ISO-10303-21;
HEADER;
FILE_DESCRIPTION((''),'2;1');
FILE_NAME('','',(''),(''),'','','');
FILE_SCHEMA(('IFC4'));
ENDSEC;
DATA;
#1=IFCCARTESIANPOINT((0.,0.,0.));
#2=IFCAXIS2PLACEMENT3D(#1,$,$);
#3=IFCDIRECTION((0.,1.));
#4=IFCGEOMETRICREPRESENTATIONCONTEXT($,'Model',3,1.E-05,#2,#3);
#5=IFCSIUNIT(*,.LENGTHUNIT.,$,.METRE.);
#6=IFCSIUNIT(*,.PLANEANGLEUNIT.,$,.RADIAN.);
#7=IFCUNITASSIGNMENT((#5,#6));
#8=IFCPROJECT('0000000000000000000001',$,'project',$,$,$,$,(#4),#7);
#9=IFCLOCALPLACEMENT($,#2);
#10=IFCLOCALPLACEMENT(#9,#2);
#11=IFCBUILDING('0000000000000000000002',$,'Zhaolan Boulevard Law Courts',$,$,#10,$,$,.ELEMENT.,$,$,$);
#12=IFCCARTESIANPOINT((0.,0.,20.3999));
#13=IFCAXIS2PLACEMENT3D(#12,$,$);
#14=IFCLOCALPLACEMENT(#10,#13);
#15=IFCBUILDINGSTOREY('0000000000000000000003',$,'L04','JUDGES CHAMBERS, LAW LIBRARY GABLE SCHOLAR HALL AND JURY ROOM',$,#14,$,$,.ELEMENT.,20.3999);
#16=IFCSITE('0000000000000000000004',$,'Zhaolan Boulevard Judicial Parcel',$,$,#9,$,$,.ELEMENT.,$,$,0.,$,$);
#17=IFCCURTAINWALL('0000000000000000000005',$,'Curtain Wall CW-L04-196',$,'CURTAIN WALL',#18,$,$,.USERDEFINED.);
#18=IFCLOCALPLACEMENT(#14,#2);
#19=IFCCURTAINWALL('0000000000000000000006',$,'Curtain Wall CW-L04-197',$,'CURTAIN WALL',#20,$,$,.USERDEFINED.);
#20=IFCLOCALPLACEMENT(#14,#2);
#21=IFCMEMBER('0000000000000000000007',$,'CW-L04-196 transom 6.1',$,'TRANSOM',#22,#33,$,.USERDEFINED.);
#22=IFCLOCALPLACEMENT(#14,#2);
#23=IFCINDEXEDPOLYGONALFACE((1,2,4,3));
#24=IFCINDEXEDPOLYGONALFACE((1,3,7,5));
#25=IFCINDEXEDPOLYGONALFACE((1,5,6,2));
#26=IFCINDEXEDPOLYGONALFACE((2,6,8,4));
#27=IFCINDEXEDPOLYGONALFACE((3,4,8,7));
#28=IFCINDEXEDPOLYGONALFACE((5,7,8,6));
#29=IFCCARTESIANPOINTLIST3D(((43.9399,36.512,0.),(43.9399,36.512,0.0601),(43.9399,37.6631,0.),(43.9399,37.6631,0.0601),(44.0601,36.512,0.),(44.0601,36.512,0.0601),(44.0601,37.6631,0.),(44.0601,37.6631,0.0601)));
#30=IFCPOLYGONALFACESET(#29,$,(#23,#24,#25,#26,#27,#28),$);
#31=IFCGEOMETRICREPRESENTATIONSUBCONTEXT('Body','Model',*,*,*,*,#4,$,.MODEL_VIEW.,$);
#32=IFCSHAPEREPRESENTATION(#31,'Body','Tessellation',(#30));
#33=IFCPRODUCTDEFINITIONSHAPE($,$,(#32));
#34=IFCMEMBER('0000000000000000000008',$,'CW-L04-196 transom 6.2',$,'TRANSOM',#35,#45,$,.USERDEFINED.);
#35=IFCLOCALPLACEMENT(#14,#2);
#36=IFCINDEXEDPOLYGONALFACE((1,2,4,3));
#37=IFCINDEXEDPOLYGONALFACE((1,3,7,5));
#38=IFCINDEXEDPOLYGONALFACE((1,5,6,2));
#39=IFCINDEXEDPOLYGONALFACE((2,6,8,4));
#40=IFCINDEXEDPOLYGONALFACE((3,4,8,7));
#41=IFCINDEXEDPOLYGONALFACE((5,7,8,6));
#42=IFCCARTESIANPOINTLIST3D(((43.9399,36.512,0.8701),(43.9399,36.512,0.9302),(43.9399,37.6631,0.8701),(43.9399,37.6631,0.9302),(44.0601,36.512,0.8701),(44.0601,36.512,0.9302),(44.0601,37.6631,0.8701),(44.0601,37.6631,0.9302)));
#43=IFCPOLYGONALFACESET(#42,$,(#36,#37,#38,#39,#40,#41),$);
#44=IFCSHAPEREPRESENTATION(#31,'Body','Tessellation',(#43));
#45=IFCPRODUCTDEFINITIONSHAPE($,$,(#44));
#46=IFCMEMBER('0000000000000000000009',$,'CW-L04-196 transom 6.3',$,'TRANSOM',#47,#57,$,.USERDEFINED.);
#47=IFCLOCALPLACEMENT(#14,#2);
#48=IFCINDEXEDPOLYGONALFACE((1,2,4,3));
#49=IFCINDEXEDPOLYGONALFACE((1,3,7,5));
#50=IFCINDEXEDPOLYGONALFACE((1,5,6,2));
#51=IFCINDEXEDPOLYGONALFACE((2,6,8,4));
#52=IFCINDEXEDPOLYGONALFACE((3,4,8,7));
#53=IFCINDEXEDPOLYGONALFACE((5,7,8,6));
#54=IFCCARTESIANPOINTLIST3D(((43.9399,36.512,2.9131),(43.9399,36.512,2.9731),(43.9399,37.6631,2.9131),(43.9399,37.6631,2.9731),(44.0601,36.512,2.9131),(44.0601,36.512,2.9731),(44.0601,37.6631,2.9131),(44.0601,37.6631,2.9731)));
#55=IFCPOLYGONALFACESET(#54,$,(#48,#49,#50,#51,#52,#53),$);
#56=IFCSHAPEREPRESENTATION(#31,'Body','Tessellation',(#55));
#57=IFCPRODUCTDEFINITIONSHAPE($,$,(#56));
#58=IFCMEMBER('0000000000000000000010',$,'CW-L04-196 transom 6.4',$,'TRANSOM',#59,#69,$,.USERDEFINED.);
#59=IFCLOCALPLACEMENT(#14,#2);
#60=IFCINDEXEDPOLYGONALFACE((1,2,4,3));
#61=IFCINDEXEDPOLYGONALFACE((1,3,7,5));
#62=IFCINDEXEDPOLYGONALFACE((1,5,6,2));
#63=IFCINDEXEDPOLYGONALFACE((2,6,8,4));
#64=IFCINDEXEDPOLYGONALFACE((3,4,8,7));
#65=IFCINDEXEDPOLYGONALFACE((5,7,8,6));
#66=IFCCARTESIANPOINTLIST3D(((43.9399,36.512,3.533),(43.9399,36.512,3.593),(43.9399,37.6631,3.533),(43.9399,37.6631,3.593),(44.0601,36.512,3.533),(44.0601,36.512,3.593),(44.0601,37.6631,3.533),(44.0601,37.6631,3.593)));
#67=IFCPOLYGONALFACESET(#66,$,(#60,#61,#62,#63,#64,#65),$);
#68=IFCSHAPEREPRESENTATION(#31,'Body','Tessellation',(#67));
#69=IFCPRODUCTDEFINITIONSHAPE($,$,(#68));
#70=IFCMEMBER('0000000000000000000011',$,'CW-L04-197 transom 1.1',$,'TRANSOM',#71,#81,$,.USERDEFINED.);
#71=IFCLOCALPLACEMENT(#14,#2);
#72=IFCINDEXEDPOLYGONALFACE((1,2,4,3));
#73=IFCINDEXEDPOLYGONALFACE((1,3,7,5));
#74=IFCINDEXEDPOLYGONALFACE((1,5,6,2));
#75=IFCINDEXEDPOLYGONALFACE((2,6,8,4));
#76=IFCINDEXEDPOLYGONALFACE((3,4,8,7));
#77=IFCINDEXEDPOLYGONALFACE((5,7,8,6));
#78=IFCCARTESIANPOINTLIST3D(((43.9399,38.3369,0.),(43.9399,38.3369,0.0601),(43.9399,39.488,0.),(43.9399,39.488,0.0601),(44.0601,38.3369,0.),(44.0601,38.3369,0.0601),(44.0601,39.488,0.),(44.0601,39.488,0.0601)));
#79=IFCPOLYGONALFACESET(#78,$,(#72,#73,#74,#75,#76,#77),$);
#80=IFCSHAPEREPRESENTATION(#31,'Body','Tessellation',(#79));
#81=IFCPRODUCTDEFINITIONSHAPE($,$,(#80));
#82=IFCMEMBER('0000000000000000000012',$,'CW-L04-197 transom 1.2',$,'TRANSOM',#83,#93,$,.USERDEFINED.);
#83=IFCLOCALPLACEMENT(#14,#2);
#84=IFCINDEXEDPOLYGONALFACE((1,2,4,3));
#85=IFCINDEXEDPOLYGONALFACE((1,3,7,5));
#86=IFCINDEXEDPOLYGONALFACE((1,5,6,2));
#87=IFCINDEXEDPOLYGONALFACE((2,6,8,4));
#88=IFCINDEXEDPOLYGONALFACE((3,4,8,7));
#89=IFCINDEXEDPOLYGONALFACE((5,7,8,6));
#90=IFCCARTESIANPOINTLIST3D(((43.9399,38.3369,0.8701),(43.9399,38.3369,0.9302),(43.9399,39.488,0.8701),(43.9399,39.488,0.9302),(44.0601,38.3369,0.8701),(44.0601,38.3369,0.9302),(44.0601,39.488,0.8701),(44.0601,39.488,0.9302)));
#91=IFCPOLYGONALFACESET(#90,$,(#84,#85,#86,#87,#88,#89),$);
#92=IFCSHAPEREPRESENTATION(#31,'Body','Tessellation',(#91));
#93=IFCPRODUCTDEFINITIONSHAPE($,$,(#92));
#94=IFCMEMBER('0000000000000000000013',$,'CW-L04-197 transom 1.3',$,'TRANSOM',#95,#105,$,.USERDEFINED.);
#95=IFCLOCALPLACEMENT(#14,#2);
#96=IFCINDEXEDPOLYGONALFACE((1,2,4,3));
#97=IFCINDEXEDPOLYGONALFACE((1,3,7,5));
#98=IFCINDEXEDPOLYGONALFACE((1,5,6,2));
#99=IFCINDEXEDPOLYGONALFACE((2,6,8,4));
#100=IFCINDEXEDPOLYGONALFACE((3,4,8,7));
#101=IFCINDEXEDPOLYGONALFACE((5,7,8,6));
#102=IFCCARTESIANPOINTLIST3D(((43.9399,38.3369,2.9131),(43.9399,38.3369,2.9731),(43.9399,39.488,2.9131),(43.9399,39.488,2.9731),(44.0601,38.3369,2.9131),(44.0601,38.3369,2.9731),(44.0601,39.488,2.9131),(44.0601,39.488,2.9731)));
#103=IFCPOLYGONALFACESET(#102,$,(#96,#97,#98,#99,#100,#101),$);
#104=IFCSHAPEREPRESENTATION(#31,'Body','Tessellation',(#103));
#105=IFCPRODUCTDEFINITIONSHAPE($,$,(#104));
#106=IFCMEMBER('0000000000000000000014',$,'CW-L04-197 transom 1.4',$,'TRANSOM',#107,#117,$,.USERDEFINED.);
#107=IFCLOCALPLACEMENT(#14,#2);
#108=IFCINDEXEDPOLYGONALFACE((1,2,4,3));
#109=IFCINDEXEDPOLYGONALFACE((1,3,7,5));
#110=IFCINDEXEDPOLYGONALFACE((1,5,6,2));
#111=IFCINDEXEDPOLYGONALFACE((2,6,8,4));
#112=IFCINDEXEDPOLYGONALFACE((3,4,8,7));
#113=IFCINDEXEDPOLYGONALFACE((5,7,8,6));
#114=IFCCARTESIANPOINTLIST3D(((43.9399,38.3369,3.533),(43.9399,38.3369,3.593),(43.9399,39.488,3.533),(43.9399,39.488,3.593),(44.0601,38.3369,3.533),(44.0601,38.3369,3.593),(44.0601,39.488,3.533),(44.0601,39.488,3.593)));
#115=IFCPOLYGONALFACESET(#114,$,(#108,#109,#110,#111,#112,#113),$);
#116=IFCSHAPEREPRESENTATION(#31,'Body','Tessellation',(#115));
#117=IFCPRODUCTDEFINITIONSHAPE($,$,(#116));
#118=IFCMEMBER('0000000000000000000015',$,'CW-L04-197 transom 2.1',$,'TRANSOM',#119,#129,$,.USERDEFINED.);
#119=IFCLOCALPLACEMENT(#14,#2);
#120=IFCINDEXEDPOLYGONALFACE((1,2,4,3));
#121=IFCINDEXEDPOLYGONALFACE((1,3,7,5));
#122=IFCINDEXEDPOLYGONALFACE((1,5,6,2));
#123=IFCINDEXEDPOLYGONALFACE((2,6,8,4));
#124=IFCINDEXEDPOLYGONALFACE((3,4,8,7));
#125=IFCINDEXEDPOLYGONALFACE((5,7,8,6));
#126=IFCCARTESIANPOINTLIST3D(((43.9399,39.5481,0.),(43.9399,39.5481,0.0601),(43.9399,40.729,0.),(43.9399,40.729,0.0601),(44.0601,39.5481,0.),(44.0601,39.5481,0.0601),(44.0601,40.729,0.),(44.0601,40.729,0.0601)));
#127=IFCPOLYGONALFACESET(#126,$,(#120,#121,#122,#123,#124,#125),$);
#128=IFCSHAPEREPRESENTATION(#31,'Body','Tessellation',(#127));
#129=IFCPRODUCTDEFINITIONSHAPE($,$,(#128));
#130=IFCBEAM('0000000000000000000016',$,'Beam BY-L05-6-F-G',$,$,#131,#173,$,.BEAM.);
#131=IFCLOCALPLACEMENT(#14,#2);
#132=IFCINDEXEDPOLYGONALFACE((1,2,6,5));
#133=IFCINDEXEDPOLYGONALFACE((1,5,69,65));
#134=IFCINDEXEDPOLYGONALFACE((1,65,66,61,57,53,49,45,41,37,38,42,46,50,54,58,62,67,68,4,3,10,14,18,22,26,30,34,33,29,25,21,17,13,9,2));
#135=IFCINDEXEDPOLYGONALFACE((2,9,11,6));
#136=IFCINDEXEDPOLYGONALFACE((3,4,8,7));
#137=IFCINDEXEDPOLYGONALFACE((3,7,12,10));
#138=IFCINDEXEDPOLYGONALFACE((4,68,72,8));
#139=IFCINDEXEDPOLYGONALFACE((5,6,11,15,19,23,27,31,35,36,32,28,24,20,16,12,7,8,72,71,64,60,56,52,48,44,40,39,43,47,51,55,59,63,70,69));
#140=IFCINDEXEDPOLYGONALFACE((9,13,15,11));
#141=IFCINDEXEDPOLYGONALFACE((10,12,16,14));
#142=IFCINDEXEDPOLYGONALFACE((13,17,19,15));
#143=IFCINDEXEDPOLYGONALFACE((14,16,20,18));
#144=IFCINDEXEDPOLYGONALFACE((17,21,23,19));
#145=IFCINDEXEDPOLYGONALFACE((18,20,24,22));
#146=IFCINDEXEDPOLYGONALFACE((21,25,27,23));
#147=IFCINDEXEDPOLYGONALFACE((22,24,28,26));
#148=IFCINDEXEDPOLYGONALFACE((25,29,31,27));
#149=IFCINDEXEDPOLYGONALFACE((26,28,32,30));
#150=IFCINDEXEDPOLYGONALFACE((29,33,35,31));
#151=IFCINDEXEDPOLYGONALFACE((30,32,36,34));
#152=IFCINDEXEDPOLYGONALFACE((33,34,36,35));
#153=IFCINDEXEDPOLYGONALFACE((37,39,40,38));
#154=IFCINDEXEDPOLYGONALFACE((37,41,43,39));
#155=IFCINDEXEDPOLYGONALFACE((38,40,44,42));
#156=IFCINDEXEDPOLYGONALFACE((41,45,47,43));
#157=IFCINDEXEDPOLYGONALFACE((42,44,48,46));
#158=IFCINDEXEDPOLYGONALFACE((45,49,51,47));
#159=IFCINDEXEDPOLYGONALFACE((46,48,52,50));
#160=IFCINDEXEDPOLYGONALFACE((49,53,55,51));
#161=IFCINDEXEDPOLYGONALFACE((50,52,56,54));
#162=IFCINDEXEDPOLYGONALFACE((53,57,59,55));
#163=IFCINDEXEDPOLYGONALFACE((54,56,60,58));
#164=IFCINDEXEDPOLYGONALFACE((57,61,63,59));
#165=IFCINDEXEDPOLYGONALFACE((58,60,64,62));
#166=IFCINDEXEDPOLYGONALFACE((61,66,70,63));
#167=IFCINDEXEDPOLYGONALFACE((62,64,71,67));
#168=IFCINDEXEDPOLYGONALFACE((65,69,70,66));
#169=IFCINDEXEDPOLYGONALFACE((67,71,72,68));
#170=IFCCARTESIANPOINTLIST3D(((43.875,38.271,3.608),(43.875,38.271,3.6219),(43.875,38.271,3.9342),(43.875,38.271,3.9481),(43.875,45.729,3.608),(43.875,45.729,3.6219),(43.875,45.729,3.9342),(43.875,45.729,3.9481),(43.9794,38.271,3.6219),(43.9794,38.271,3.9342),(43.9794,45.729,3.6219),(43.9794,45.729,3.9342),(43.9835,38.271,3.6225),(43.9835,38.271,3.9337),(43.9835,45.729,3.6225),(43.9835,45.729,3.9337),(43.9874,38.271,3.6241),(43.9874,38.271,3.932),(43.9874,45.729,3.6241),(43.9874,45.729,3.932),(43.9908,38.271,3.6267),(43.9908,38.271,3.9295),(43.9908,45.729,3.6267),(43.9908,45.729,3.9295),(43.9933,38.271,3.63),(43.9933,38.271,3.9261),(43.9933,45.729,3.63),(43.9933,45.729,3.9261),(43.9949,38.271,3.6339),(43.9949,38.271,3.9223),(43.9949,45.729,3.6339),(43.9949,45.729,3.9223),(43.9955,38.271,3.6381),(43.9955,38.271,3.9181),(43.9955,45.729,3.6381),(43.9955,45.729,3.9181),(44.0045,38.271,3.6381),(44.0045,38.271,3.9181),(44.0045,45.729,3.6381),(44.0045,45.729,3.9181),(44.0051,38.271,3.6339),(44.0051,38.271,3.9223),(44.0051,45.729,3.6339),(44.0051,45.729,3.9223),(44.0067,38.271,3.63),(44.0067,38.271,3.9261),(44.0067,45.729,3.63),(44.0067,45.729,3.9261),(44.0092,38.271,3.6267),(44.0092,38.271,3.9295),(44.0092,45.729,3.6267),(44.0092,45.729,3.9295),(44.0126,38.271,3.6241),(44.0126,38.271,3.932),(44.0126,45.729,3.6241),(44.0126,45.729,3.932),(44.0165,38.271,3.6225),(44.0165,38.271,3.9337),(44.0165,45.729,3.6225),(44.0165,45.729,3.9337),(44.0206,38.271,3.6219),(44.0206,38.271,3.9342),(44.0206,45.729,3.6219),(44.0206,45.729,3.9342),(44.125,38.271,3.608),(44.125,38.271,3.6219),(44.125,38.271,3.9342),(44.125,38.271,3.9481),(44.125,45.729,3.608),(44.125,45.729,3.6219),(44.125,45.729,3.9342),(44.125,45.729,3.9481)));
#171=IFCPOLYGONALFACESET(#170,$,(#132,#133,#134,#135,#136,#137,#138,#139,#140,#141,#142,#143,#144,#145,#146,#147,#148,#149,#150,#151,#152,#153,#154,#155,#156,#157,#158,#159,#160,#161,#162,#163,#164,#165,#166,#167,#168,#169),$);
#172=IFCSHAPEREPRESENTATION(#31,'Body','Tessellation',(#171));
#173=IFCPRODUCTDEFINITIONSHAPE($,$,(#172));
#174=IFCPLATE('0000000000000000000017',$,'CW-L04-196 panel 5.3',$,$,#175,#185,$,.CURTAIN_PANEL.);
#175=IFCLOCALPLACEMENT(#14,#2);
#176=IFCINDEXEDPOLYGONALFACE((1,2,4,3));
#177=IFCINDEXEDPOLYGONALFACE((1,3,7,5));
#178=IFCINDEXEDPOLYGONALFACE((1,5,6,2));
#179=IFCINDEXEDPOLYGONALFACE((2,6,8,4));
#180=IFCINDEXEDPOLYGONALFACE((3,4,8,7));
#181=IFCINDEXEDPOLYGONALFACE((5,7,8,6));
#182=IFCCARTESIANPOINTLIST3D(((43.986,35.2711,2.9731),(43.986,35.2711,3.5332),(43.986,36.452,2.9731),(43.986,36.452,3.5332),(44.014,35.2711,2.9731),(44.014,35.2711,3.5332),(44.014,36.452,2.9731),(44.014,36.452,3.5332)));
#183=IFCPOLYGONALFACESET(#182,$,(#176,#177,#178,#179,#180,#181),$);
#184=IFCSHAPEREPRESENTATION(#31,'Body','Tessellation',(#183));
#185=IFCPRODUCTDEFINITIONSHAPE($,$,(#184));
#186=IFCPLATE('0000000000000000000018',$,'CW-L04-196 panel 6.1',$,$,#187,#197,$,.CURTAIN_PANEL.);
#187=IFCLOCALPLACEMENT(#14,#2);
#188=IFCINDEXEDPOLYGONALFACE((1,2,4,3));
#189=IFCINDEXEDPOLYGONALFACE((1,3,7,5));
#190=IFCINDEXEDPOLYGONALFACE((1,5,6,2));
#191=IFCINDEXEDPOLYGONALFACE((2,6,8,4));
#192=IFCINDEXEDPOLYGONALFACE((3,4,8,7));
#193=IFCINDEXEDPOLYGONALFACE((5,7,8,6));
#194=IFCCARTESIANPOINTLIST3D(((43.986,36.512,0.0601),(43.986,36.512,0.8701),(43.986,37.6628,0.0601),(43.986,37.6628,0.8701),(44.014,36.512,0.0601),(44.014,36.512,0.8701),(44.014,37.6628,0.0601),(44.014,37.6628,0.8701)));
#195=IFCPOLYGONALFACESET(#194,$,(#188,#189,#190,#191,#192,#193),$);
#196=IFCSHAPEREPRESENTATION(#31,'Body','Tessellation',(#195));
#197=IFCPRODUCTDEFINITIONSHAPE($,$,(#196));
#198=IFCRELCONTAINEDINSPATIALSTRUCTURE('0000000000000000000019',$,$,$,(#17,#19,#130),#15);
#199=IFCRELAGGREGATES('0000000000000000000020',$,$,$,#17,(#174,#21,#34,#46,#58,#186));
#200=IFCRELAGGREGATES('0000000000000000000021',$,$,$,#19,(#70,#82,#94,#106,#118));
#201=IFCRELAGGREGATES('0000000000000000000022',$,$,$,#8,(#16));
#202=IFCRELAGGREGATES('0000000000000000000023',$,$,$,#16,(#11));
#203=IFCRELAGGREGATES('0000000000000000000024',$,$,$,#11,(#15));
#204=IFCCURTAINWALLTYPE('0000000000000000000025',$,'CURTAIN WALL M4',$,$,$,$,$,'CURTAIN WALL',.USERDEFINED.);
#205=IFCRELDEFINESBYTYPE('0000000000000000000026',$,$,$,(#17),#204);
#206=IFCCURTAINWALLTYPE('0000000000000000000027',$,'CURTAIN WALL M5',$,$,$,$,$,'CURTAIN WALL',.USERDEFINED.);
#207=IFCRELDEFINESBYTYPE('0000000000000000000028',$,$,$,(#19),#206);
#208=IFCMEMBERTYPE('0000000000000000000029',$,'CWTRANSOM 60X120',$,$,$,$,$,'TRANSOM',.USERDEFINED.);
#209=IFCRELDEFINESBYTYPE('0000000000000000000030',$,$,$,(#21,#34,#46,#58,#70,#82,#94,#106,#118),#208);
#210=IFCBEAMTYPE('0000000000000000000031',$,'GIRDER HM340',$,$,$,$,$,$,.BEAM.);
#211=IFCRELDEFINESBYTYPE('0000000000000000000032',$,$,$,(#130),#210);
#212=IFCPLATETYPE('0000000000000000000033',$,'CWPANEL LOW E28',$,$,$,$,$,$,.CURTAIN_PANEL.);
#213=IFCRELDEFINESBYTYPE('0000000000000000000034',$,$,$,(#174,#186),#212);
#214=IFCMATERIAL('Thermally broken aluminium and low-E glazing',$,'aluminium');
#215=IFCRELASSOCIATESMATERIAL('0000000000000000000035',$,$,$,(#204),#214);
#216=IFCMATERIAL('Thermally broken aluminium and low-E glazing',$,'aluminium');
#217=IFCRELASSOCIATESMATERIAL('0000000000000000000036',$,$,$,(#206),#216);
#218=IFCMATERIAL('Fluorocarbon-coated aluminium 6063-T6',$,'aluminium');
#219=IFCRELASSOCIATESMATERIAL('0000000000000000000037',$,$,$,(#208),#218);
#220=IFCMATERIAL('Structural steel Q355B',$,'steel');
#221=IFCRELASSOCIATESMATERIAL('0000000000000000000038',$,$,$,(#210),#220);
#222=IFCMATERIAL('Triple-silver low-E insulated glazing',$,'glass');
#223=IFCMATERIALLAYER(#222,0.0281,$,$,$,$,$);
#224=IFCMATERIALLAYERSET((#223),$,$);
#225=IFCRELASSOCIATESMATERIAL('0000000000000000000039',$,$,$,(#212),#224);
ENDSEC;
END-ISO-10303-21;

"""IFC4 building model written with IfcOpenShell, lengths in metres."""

from ifc_helpers import new_model, si_unit, direction, frame, origin, origin_2d, place, context, subcontext, project, spatial, rectangle, i_section, extrude, material, layer, layer_set, material_profile, profile_set, type_object, element, aggregate, save


model = new_model("IFC4")

# Units and contexts
model_context = context("Model", 3, precision=1e-05, world=origin(), true_north=direction((0.0, 1.0)))
body_context = subcontext(model_context, "Body", "Model", "MODEL_VIEW")
ifc_project = project(units=[si_unit("LENGTHUNIT", "METRE"), si_unit("PLANEANGLEUNIT", "RADIAN")], contexts=[model_context])

# Site, building, storey
site_placement = place(None, origin())
site = spatial("IfcSite", under=ifc_project, at=site_placement, Name="Zhaolan Boulevard Judicial Parcel", CompositionType="ELEMENT", RefElevation=0.0)
building_placement = place(site_placement, origin())
building = spatial("IfcBuilding", under=site, at=building_placement, Name="Zhaolan Boulevard Law Courts", CompositionType="ELEMENT")
storey_placement = place(building_placement, frame((0.0, 0.0, 20.3999)))
storey = spatial("IfcBuildingStorey", under=building, at=storey_placement, Name="L04", Description="JUDGES CHAMBERS, LAW LIBRARY GABLE SCHOLAR HALL AND JURY ROOM", CompositionType="ELEMENT", Elevation=20.3999)

# Curtain walls
ifc_material_1 = material(Name="Thermally broken aluminium and low-E glazing", Category="aluminium")
curtain_wall_type_1 = type_object("IfcCurtainWallType", Name="CURTAIN WALL M4", ElementType="CURTAIN WALL", PredefinedType="USERDEFINED", material=ifc_material_1)
curtain_wall_1_placement = place(storey_placement, origin())
curtain_wall_1 = element("IfcCurtainWall", 1, at=curtain_wall_1_placement, inside=storey, type_object=curtain_wall_type_1, Name="Curtain Wall CW-L04-196", ObjectType="CURTAIN WALL", PredefinedType="USERDEFINED")
ifc_material_2 = material(Name="Thermally broken aluminium and low-E glazing", Category="aluminium")
curtain_wall_type_2 = type_object("IfcCurtainWallType", Name="CURTAIN WALL M5", ElementType="CURTAIN WALL", PredefinedType="USERDEFINED", material=ifc_material_2)
curtain_wall_2_placement = place(storey_placement, origin())
curtain_wall_2 = element("IfcCurtainWall", 2, at=curtain_wall_2_placement, inside=storey, type_object=curtain_wall_type_2, Name="Curtain Wall CW-L04-197", ObjectType="CURTAIN WALL", PredefinedType="USERDEFINED")

# Members
ifc_material_3 = material(Name="Fluorocarbon-coated aluminium 6063-T6", Category="aluminium")
ifc_material_profile_1 = material_profile(ifc_material_3, rectangle(XDim=0.1201, YDim=0.0601, at=origin_2d()), Name="AL60x120")
ifc_profile_set_1 = profile_set([ifc_material_profile_1], Name="Fluorocarbon-coated aluminium 6063-T6")
member_type_1 = type_object("IfcMemberType", Name="CWTRANSOM 60X120", ElementType="TRANSOM", PredefinedType="USERDEFINED", material=ifc_profile_set_1)
member_1_placement = place(storey_placement, frame((44.0, 36.512, 0.03), z_axis=(0.0, 1.0, 0.0), x_axis=(-1.0, 0.0, 0.0)))
member_1 = element("IfcMember", 3, at=member_1_placement, type_object=member_type_1, Name="CW-L04-196 transom 6.1", ObjectType="TRANSOM", PredefinedType="USERDEFINED", context=body_context, shape_type="SweptSolid", body=[
    extrude(rectangle(XDim=0.1201, YDim=0.0601, at=origin_2d()), origin(), (0.0, 0.0, 1.0), 1.1511),
])
member_2_placement = place(storey_placement, frame((44.0, 36.512, 0.9001), z_axis=(0.0, 1.0, 0.0), x_axis=(-1.0, 0.0, 0.0)))
member_2 = element("IfcMember", 4, at=member_2_placement, type_object=member_type_1, Name="CW-L04-196 transom 6.2", ObjectType="TRANSOM", PredefinedType="USERDEFINED", context=body_context, shape_type="SweptSolid", body=[
    extrude(rectangle(XDim=0.1201, YDim=0.0601, at=origin_2d()), origin(), (0.0, 0.0, 1.0), 1.1511),
])
member_3_placement = place(storey_placement, frame((44.0, 36.512, 2.9431), z_axis=(0.0, 1.0, 0.0), x_axis=(-1.0, 0.0, 0.0)))
member_3 = element("IfcMember", 5, at=member_3_placement, type_object=member_type_1, Name="CW-L04-196 transom 6.3", ObjectType="TRANSOM", PredefinedType="USERDEFINED", context=body_context, shape_type="SweptSolid", body=[
    extrude(rectangle(XDim=0.1201, YDim=0.0601, at=origin_2d()), origin(), (0.0, 0.0, 1.0), 1.1511),
])
member_4_placement = place(storey_placement, frame((44.0, 36.512, 3.563), z_axis=(0.0, 1.0, 0.0), x_axis=(-1.0, 0.0, 0.0)))
member_4 = element("IfcMember", 6, at=member_4_placement, type_object=member_type_1, Name="CW-L04-196 transom 6.4", ObjectType="TRANSOM", PredefinedType="USERDEFINED", context=body_context, shape_type="SweptSolid", body=[
    extrude(rectangle(XDim=0.1201, YDim=0.0601, at=origin_2d()), origin(), (0.0, 0.0, 1.0), 1.1511),
])
member_5_placement = place(storey_placement, frame((44.0, 38.3369, 0.03), z_axis=(0.0, 1.0, 0.0), x_axis=(-1.0, 0.0, 0.0)))
member_5 = element("IfcMember", 7, at=member_5_placement, type_object=member_type_1, Name="CW-L04-197 transom 1.1", ObjectType="TRANSOM", PredefinedType="USERDEFINED", context=body_context, shape_type="SweptSolid", body=[
    extrude(rectangle(XDim=0.1201, YDim=0.0601, at=origin_2d()), origin(), (0.0, 0.0, 1.0), 1.1511),
])
member_6_placement = place(storey_placement, frame((44.0, 38.3369, 0.9001), z_axis=(0.0, 1.0, 0.0), x_axis=(-1.0, 0.0, 0.0)))
member_6 = element("IfcMember", 8, at=member_6_placement, type_object=member_type_1, Name="CW-L04-197 transom 1.2", ObjectType="TRANSOM", PredefinedType="USERDEFINED", context=body_context, shape_type="SweptSolid", body=[
    extrude(rectangle(XDim=0.1201, YDim=0.0601, at=origin_2d()), origin(), (0.0, 0.0, 1.0), 1.1511),
])
member_7_placement = place(storey_placement, frame((44.0, 38.3369, 2.9431), z_axis=(0.0, 1.0, 0.0), x_axis=(-1.0, 0.0, 0.0)))
member_7 = element("IfcMember", 9, at=member_7_placement, type_object=member_type_1, Name="CW-L04-197 transom 1.3", ObjectType="TRANSOM", PredefinedType="USERDEFINED", context=body_context, shape_type="SweptSolid", body=[
    extrude(rectangle(XDim=0.1201, YDim=0.0601, at=origin_2d()), origin(), (0.0, 0.0, 1.0), 1.1511),
])
member_8_placement = place(storey_placement, frame((44.0, 38.3369, 3.563), z_axis=(0.0, 1.0, 0.0), x_axis=(-1.0, 0.0, 0.0)))
member_8 = element("IfcMember", 10, at=member_8_placement, type_object=member_type_1, Name="CW-L04-197 transom 1.4", ObjectType="TRANSOM", PredefinedType="USERDEFINED", context=body_context, shape_type="SweptSolid", body=[
    extrude(rectangle(XDim=0.1201, YDim=0.0601, at=origin_2d()), origin(), (0.0, 0.0, 1.0), 1.1511),
])
member_9_placement = place(storey_placement, frame((44.0, 39.5481, 0.03), z_axis=(0.0, 1.0, 0.0), x_axis=(-1.0, 0.0, 0.0)))
member_9 = element("IfcMember", 11, at=member_9_placement, type_object=member_type_1, Name="CW-L04-197 transom 2.1", ObjectType="TRANSOM", PredefinedType="USERDEFINED", context=body_context, shape_type="SweptSolid", body=[
    extrude(rectangle(XDim=0.1201, YDim=0.0601, at=origin_2d()), origin(), (0.0, 0.0, 1.0), 1.1809),
])

# Beam
ifc_material_4 = material(Name="Structural steel Q355B", Category="steel")
ifc_material_profile_2 = material_profile(ifc_material_4, i_section(OverallWidth=0.25, OverallDepth=0.3401, WebThickness=0.009, FlangeThickness=0.0139, FilletRadius=0.0161, at=origin_2d()), Name="HM340x250")
ifc_profile_set_2 = profile_set([ifc_material_profile_2], Name="Structural steel Q355B")
beam_type = type_object("IfcBeamType", Name="GIRDER HM340", PredefinedType="BEAM", material=ifc_profile_set_2)
beam_placement = place(storey_placement, frame((44.0, 38.271, 3.7781), z_axis=(0.0, 1.0, 0.0), x_axis=(-1.0, 0.0, 0.0)))
element("IfcBeam", 12, at=beam_placement, inside=storey, type_object=beam_type, Name="Beam BY-L05-6-F-G", PredefinedType="BEAM", context=body_context, shape_type="SweptSolid", body=[
    extrude(i_section(OverallWidth=0.25, OverallDepth=0.3401, WebThickness=0.009, FlangeThickness=0.0139, FilletRadius=0.0161, at=origin_2d()), origin(), (0.0, 0.0, 1.0), 7.458),
])

# Plates
ifc_material_5 = material(Name="Triple-silver low-E insulated glazing", Category="glass")
ifc_layer_1 = layer(ifc_material_5, 0.0281)
ifc_layer_set_1 = layer_set([ifc_layer_1])
plate_type_1 = type_object("IfcPlateType", Name="CWPANEL LOW E28", PredefinedType="CURTAIN_PANEL", material=ifc_layer_set_1)
plate_1_placement = place(storey_placement, frame((44.0, 35.8616, 2.9731), z_axis=(0.0, 0.0, 1.0), x_axis=(0.0, 1.0, 0.0)))
plate_1 = element("IfcPlate", 13, at=plate_1_placement, type_object=plate_type_1, Name="CW-L04-196 panel 5.3", PredefinedType="CURTAIN_PANEL", context=body_context, shape_type="SweptSolid", body=[
    extrude(rectangle(XDim=1.1809, YDim=0.0281, at=origin_2d()), origin(), (0.0, 0.0, 1.0), 0.5601),
])
plate_2_placement = place(storey_placement, frame((44.0, 37.0874, 0.0601), z_axis=(0.0, 0.0, 1.0), x_axis=(0.0, 1.0, 0.0)))
plate_2 = element("IfcPlate", 14, at=plate_2_placement, type_object=plate_type_1, Name="CW-L04-196 panel 6.1", PredefinedType="CURTAIN_PANEL", context=body_context, shape_type="SweptSolid", body=[
    extrude(rectangle(XDim=1.1509, YDim=0.0281, at=origin_2d()), origin(), (0.0, 0.0, 1.0), 0.8101),
])
aggregate(curtain_wall_1, [plate_1, member_1, member_2, member_3, member_4, plate_2])
aggregate(curtain_wall_2, [member_5, member_6, member_7, member_8, member_9])

save(model, "model.ifc")
